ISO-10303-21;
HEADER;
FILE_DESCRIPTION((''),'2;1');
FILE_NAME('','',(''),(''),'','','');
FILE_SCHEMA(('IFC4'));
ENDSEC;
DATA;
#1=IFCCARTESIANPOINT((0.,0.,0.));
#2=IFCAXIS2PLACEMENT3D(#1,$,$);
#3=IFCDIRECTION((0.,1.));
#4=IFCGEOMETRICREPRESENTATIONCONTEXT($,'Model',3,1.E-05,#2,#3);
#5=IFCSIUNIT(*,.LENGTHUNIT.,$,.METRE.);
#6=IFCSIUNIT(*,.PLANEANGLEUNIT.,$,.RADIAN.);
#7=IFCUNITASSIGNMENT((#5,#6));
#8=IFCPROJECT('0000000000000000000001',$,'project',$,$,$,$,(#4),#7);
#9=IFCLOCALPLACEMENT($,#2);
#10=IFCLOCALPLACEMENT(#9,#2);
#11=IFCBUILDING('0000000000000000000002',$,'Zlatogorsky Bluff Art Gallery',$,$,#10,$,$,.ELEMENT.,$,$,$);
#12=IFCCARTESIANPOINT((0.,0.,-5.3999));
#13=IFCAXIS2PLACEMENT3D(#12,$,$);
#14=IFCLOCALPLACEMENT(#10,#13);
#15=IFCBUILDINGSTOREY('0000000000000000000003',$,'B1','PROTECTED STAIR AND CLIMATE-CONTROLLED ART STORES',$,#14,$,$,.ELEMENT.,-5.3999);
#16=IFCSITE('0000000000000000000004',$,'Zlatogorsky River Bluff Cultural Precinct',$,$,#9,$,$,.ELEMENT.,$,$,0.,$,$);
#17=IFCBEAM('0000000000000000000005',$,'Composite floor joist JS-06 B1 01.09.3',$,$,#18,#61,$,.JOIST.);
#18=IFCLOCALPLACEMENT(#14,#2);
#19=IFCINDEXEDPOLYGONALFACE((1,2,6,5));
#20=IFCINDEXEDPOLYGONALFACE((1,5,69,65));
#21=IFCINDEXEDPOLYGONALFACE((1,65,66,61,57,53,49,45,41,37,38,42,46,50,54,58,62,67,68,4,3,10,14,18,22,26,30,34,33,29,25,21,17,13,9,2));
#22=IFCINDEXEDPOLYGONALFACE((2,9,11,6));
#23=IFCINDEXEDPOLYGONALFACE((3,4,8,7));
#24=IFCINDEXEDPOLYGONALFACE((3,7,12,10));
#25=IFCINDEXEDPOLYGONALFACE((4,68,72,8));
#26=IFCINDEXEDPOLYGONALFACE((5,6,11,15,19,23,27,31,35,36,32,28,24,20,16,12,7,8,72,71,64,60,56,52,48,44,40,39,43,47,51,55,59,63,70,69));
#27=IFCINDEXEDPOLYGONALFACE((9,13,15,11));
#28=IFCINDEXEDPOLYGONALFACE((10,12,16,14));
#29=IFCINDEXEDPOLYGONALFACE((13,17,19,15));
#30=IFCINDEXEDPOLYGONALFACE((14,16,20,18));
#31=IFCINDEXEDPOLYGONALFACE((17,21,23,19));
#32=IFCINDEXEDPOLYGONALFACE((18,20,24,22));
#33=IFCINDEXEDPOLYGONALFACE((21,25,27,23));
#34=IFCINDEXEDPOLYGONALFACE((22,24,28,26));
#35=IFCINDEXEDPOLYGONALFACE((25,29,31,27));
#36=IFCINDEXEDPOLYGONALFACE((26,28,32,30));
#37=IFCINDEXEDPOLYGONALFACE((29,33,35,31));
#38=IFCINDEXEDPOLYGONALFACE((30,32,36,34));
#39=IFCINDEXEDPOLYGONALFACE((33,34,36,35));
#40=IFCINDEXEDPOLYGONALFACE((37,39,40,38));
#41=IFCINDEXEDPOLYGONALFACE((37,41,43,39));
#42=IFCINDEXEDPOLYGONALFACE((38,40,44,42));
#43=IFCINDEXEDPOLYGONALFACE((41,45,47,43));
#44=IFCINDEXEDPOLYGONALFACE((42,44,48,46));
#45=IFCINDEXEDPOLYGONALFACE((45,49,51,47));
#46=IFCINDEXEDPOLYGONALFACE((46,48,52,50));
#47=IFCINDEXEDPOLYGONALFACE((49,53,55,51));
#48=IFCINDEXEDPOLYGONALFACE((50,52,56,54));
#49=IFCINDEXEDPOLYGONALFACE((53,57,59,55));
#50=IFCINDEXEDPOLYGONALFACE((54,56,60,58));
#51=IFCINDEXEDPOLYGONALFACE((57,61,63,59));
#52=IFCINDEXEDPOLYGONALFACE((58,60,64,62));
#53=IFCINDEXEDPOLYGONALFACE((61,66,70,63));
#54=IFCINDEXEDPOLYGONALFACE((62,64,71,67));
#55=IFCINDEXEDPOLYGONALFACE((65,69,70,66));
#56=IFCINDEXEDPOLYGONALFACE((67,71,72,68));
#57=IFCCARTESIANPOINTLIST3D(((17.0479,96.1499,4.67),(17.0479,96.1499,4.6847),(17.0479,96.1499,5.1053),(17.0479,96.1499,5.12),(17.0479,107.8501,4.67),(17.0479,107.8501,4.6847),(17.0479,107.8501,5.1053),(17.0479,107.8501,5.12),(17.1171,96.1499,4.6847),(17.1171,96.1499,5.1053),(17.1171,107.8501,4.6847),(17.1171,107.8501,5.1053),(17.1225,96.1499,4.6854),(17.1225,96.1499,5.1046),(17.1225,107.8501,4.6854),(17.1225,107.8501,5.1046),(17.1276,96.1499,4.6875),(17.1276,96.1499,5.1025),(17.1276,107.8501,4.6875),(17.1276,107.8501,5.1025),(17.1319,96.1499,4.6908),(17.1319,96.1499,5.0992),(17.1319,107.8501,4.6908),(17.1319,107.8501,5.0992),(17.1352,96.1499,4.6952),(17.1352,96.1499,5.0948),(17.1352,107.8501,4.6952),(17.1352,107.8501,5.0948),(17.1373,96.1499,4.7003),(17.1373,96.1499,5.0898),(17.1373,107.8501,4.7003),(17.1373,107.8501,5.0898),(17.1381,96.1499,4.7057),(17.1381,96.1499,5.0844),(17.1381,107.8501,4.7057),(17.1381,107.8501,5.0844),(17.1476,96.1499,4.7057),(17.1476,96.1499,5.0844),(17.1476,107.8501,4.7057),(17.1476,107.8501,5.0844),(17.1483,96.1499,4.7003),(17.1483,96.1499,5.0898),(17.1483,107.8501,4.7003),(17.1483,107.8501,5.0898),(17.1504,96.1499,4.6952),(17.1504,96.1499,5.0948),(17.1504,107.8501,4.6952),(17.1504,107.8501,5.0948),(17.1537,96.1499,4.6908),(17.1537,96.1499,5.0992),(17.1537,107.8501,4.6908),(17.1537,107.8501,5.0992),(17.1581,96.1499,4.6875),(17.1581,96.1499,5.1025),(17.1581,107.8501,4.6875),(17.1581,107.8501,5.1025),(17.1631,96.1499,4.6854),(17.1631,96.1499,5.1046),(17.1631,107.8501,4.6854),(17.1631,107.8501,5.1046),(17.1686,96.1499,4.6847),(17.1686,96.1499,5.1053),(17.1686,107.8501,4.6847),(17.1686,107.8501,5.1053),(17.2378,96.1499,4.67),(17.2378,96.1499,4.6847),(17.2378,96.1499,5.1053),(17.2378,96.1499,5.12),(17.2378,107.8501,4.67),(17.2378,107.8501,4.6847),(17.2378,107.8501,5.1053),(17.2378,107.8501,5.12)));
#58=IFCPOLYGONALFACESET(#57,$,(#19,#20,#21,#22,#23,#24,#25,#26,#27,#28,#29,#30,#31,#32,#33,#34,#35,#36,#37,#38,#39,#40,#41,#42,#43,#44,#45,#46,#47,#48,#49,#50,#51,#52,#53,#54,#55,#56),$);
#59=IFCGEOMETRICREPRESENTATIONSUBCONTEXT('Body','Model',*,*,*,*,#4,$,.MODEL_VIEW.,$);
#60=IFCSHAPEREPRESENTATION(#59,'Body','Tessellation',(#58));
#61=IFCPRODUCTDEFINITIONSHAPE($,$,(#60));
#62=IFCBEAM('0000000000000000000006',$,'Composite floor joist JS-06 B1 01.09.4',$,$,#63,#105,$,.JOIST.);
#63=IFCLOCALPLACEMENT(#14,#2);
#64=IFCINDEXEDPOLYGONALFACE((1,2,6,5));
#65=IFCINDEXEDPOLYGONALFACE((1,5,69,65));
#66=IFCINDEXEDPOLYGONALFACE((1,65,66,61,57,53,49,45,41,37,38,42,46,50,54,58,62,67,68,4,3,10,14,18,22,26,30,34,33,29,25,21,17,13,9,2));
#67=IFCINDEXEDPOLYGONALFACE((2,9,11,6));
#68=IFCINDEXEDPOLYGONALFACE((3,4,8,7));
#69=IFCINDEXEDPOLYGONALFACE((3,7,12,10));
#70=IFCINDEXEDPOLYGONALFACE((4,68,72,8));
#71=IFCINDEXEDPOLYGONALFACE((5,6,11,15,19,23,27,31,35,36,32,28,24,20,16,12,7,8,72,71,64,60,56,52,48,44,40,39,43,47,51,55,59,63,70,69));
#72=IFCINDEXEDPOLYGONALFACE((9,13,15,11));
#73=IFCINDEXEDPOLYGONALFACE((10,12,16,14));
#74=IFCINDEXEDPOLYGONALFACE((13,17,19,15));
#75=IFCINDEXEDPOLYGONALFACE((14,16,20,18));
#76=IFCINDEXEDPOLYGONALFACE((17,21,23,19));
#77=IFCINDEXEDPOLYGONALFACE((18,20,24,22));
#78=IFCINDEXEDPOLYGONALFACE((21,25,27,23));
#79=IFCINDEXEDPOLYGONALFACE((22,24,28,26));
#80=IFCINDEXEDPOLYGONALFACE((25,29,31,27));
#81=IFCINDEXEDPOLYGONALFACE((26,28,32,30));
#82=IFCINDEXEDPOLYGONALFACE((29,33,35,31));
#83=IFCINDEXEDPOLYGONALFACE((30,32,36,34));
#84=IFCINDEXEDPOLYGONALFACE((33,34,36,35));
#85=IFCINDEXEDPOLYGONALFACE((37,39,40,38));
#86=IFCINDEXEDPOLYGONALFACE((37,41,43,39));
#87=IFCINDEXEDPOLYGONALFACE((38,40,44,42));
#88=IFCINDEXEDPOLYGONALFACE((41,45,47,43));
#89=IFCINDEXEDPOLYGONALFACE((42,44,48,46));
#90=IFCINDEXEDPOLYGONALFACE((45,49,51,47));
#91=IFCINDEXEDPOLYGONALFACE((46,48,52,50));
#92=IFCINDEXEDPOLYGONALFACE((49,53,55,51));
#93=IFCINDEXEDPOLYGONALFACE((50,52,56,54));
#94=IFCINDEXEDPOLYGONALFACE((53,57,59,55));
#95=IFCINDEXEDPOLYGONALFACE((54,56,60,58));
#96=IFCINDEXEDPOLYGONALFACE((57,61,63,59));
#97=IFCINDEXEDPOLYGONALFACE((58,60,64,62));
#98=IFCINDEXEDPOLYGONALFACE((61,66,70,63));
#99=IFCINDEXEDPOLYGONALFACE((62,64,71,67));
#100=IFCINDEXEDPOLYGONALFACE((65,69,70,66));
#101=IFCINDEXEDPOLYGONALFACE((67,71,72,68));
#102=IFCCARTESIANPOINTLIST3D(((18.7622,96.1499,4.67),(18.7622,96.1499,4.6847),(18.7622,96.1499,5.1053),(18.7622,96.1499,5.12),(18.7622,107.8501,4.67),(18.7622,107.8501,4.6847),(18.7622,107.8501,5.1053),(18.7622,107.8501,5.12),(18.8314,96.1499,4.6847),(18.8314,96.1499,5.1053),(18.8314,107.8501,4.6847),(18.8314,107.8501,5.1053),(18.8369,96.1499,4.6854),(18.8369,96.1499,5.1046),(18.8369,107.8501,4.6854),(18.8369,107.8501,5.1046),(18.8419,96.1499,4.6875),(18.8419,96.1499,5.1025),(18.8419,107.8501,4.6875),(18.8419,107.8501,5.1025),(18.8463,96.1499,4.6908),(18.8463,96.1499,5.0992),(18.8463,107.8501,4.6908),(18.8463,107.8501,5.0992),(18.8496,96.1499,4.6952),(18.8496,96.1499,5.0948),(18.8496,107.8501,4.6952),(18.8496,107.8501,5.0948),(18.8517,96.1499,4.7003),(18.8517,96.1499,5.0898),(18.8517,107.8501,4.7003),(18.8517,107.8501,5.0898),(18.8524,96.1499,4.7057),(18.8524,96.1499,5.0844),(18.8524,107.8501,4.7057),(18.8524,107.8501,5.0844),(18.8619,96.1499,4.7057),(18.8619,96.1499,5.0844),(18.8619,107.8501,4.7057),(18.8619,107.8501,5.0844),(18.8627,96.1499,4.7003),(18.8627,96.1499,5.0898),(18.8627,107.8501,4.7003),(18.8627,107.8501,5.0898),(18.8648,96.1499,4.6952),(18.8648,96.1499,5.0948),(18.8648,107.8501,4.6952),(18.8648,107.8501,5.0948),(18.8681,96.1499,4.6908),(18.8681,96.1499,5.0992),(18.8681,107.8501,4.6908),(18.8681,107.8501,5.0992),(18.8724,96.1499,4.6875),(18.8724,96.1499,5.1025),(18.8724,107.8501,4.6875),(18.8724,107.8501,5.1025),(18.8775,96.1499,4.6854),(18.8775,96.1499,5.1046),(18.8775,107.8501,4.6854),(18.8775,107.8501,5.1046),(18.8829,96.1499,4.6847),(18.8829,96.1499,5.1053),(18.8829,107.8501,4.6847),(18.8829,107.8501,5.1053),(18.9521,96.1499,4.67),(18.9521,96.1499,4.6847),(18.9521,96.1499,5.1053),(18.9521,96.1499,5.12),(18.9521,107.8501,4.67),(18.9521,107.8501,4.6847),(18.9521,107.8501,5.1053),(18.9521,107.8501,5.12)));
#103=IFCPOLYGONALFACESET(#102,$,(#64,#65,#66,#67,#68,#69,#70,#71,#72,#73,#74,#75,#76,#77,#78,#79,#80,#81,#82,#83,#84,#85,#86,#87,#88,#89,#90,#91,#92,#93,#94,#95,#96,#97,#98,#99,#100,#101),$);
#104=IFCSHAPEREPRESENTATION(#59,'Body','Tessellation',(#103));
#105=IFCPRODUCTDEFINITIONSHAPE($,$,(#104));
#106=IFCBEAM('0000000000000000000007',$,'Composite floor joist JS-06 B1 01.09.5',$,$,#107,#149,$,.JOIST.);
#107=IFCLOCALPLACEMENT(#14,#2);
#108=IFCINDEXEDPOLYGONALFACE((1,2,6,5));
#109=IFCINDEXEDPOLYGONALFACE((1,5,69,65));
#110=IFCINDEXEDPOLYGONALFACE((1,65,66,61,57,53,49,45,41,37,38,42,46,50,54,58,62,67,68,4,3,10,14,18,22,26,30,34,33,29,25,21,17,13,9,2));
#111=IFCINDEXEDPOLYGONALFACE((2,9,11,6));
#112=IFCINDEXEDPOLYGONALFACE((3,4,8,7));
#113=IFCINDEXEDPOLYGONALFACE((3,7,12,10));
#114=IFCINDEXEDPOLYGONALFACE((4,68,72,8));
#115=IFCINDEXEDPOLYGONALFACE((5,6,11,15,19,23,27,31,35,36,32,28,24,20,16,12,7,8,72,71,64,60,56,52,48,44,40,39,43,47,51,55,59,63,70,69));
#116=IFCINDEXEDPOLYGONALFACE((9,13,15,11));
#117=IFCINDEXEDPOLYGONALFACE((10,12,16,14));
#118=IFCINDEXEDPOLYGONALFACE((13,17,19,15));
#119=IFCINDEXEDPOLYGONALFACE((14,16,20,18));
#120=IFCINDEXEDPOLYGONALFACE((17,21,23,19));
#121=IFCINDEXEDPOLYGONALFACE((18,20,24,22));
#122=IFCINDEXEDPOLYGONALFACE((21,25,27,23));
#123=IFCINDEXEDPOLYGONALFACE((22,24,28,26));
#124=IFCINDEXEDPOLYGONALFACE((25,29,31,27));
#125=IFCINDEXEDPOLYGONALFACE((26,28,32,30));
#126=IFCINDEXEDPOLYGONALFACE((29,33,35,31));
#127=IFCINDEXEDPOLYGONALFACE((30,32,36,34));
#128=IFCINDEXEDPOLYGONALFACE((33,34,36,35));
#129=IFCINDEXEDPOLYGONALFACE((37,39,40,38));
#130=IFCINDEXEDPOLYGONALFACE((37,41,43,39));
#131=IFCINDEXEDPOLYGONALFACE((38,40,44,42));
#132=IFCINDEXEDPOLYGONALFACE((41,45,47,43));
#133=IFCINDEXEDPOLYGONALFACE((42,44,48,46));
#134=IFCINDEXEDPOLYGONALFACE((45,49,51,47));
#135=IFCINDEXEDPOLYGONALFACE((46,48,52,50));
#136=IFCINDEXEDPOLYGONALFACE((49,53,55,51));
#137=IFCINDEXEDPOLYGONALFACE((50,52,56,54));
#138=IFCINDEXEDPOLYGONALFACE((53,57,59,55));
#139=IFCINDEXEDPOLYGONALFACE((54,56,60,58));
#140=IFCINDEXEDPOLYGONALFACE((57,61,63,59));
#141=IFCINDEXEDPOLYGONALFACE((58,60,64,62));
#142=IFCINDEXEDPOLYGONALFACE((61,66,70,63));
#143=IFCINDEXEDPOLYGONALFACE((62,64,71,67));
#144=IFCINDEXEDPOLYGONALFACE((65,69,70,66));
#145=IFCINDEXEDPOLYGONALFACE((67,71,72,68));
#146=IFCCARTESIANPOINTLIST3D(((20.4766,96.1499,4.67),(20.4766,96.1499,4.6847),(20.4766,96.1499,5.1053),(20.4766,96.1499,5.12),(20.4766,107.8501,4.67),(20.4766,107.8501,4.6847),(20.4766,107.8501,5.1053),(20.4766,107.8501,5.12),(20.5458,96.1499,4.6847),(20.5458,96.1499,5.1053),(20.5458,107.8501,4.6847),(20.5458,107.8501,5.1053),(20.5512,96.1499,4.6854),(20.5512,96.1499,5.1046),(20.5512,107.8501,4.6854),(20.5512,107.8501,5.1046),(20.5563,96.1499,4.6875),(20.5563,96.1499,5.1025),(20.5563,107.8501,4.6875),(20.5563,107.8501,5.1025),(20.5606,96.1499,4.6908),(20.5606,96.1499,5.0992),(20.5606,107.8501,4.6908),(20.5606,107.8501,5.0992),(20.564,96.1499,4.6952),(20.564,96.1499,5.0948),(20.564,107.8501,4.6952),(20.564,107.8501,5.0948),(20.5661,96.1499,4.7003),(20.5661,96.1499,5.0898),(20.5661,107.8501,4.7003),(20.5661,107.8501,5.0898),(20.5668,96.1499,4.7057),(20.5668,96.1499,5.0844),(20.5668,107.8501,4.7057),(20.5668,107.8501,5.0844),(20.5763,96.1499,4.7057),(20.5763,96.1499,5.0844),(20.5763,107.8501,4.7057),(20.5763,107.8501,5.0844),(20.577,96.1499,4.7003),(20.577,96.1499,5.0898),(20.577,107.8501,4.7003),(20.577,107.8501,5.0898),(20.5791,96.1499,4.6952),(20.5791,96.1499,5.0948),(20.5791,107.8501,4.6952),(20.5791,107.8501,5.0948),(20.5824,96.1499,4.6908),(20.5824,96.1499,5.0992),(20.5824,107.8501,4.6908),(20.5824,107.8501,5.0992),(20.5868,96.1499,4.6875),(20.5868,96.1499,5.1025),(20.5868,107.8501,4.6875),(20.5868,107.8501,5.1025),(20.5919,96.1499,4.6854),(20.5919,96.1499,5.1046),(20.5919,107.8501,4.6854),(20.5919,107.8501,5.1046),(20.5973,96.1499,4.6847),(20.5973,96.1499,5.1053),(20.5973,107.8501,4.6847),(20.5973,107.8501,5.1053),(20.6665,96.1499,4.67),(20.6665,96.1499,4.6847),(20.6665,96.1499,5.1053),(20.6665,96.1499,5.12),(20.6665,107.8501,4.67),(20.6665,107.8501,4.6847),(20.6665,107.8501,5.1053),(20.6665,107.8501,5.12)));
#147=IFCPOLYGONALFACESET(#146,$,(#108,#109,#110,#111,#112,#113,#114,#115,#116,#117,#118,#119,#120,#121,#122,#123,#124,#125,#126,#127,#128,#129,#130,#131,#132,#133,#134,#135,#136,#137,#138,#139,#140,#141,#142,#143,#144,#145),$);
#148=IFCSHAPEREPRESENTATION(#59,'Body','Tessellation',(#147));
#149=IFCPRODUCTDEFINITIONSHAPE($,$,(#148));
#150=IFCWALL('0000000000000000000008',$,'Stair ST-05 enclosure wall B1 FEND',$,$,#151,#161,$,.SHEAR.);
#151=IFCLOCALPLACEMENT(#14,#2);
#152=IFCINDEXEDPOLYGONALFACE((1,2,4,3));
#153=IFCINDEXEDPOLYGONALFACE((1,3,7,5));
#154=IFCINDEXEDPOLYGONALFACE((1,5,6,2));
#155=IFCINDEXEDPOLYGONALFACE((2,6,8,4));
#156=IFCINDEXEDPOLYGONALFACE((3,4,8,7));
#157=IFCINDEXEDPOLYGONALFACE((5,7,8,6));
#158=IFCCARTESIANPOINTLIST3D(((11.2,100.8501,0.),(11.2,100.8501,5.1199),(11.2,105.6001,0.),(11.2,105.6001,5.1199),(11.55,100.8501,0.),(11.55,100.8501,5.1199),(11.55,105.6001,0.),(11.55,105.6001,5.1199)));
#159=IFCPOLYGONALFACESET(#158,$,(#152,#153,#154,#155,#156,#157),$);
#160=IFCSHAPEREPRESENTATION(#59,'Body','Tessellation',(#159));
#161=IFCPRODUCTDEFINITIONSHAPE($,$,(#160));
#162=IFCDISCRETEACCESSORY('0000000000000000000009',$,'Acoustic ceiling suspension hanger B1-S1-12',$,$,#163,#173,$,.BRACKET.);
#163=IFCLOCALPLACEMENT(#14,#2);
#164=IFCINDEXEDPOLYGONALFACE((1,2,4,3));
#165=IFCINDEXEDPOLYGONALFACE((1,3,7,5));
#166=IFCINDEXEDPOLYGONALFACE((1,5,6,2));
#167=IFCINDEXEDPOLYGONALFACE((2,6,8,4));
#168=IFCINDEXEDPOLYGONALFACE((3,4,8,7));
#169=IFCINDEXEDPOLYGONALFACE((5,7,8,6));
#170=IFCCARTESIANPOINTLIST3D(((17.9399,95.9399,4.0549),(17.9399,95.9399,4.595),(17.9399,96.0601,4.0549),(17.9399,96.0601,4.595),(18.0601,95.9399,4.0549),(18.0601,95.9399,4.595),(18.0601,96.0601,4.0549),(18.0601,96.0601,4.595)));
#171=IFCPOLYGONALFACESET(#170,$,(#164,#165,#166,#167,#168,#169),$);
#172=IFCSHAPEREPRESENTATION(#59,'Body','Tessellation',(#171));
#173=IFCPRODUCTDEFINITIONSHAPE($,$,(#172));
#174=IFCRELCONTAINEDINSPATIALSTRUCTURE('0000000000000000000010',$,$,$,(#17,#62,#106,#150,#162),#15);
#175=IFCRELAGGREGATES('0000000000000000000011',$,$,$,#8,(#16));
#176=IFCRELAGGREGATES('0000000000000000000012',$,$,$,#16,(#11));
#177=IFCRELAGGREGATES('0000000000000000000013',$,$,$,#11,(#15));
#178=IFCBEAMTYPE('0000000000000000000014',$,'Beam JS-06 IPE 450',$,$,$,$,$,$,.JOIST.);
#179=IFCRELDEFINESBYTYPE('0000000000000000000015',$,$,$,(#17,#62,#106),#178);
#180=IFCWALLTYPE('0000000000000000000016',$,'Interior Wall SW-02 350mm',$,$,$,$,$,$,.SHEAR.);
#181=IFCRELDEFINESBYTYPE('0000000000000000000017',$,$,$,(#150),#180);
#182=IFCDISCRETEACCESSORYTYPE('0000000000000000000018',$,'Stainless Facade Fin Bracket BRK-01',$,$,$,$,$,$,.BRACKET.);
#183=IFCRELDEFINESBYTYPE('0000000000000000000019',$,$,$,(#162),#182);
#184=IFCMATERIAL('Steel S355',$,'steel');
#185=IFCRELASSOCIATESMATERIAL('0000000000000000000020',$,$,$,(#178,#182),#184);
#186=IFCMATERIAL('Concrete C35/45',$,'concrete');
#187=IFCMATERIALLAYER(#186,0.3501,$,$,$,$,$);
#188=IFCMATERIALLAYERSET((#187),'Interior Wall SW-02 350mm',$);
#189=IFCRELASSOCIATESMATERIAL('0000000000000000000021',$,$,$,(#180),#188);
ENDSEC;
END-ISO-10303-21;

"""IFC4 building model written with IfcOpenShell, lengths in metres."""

from ifc_helpers import new_model, si_unit, direction, frame, frame_2d, origin, origin_2d, place, context, subcontext, project, spatial, rectangle, i_section, extrude, material, layer, layer_set, material_profile, profile_set, type_object, element, save


model = new_model("IFC4")

# Units and contexts
model_context = context("Model", 3, precision=1e-05, world=origin(), true_north=direction((0.0, 1.0)))
body_context = subcontext(model_context, "Body", "Model", "MODEL_VIEW")
ifc_project = project(units=[si_unit("LENGTHUNIT", "METRE"), si_unit("PLANEANGLEUNIT", "RADIAN")], contexts=[model_context])

# Site, building, storey
site_placement = place(None, origin())
site = spatial("IfcSite", under=ifc_project, at=site_placement, Name="Zlatogorsky River Bluff Cultural Precinct", CompositionType="ELEMENT", RefElevation=0.0)
building_placement = place(site_placement, origin())
building = spatial("IfcBuilding", under=site, at=building_placement, Name="Zlatogorsky Bluff Art Gallery", CompositionType="ELEMENT")
storey_placement = place(building_placement, frame((0.0, 0.0, -5.3999)))
storey = spatial("IfcBuildingStorey", under=building, at=storey_placement, Name="B1", Description="PROTECTED STAIR AND CLIMATE-CONTROLLED ART STORES", CompositionType="ELEMENT", Elevation=-5.3999)

# Shared definitions
ifc_material_1 = material(Name="Concrete C35/45", Category="concrete")

# Shared definitions
ifc_material_2 = material(Name="Steel S355", Category="steel")

# Beams
ifc_material_profile_1 = material_profile(ifc_material_2, i_section(OverallWidth=0.1899, OverallDepth=0.45, WebThickness=0.0095, FlangeThickness=0.0146, FilletRadius=0.021, at=origin_2d()), Name="IPE 450")
ifc_profile_set_1 = profile_set([ifc_material_profile_1], Name="Steel S355")
beam_type_1 = type_object("IfcBeamType", Name="Beam JS-06 IPE 450", PredefinedType="JOIST", material=ifc_profile_set_1)
for number, where, z_axis, x_axis, name in (
    (1, (17.1428, 96.1499, 4.895), (0.0, 1.0, 0.0), (-1.0, 0.0, 0.0), "Composite floor joist JS-06 B1 01.09.3"),
    (2, (18.8572, 96.1499, 4.895), (0.0, 1.0, 0.0), (-1.0, 0.0, 0.0), "Composite floor joist JS-06 B1 01.09.4"),
    (3, (20.5715, 96.1499, 4.895), (0.0, 1.0, 0.0), (-1.0, 0.0, 0.0), "Composite floor joist JS-06 B1 01.09.5"),
):
    element("IfcBeam", number, at=place(storey_placement, frame(where, z_axis=z_axis, x_axis=x_axis)), inside=storey, type_object=beam_type_1, Name=name, PredefinedType="JOIST", context=body_context, shape_type="SweptSolid", body=[
        extrude(i_section(OverallWidth=0.1899, OverallDepth=0.45, WebThickness=0.0095, FlangeThickness=0.0146, FilletRadius=0.021, at=origin_2d()), origin(), (0.0, 0.0, 1.0), 11.7002),
    ])

# Wall
ifc_layer = layer(ifc_material_1, 0.3501)
ifc_layer_set = layer_set([ifc_layer], Name="Interior Wall SW-02 350mm")
wall_type = type_object("IfcWallType", Name="Interior Wall SW-02 350mm", PredefinedType="SHEAR", material=ifc_layer_set)
wall_placement = place(storey_placement, frame((11.375, 100.8501, 0.0), z_axis=(0.0, 0.0, 1.0), x_axis=(0.0, 1.0, 0.0)))
element("IfcWall", 4, at=wall_placement, inside=storey, type_object=wall_type, Name="Stair ST-05 enclosure wall B1 FEND", PredefinedType="SHEAR", context=body_context, shape_type="SweptSolid", body=[
    extrude(rectangle(XDim=4.75, YDim=0.3501, at=frame_2d((2.375, 0.0))), origin(), (0.0, 0.0, 1.0), 5.1199),
])

# Discrete accessory
discrete_accessory_type = type_object("IfcDiscreteAccessoryType", Name="Stainless Facade Fin Bracket BRK-01", PredefinedType="BRACKET", material=ifc_material_2)
discrete_accessory_placement = place(storey_placement, frame((18.0, 96.0, 4.0549), z_axis=(0.0, 0.0, 1.0), x_axis=(1.0, 0.0, 0.0)))
element("IfcDiscreteAccessory", 5, at=discrete_accessory_placement, inside=storey, type_object=discrete_accessory_type, Name="Acoustic ceiling suspension hanger B1-S1-12", PredefinedType="BRACKET", context=body_context, shape_type="SweptSolid", body=[
    extrude(rectangle(XDim=0.1201, YDim=0.1201, at=origin_2d()), origin(), (0.0, 0.0, 1.0), 0.54),
])

save(model, "model.ifc")
